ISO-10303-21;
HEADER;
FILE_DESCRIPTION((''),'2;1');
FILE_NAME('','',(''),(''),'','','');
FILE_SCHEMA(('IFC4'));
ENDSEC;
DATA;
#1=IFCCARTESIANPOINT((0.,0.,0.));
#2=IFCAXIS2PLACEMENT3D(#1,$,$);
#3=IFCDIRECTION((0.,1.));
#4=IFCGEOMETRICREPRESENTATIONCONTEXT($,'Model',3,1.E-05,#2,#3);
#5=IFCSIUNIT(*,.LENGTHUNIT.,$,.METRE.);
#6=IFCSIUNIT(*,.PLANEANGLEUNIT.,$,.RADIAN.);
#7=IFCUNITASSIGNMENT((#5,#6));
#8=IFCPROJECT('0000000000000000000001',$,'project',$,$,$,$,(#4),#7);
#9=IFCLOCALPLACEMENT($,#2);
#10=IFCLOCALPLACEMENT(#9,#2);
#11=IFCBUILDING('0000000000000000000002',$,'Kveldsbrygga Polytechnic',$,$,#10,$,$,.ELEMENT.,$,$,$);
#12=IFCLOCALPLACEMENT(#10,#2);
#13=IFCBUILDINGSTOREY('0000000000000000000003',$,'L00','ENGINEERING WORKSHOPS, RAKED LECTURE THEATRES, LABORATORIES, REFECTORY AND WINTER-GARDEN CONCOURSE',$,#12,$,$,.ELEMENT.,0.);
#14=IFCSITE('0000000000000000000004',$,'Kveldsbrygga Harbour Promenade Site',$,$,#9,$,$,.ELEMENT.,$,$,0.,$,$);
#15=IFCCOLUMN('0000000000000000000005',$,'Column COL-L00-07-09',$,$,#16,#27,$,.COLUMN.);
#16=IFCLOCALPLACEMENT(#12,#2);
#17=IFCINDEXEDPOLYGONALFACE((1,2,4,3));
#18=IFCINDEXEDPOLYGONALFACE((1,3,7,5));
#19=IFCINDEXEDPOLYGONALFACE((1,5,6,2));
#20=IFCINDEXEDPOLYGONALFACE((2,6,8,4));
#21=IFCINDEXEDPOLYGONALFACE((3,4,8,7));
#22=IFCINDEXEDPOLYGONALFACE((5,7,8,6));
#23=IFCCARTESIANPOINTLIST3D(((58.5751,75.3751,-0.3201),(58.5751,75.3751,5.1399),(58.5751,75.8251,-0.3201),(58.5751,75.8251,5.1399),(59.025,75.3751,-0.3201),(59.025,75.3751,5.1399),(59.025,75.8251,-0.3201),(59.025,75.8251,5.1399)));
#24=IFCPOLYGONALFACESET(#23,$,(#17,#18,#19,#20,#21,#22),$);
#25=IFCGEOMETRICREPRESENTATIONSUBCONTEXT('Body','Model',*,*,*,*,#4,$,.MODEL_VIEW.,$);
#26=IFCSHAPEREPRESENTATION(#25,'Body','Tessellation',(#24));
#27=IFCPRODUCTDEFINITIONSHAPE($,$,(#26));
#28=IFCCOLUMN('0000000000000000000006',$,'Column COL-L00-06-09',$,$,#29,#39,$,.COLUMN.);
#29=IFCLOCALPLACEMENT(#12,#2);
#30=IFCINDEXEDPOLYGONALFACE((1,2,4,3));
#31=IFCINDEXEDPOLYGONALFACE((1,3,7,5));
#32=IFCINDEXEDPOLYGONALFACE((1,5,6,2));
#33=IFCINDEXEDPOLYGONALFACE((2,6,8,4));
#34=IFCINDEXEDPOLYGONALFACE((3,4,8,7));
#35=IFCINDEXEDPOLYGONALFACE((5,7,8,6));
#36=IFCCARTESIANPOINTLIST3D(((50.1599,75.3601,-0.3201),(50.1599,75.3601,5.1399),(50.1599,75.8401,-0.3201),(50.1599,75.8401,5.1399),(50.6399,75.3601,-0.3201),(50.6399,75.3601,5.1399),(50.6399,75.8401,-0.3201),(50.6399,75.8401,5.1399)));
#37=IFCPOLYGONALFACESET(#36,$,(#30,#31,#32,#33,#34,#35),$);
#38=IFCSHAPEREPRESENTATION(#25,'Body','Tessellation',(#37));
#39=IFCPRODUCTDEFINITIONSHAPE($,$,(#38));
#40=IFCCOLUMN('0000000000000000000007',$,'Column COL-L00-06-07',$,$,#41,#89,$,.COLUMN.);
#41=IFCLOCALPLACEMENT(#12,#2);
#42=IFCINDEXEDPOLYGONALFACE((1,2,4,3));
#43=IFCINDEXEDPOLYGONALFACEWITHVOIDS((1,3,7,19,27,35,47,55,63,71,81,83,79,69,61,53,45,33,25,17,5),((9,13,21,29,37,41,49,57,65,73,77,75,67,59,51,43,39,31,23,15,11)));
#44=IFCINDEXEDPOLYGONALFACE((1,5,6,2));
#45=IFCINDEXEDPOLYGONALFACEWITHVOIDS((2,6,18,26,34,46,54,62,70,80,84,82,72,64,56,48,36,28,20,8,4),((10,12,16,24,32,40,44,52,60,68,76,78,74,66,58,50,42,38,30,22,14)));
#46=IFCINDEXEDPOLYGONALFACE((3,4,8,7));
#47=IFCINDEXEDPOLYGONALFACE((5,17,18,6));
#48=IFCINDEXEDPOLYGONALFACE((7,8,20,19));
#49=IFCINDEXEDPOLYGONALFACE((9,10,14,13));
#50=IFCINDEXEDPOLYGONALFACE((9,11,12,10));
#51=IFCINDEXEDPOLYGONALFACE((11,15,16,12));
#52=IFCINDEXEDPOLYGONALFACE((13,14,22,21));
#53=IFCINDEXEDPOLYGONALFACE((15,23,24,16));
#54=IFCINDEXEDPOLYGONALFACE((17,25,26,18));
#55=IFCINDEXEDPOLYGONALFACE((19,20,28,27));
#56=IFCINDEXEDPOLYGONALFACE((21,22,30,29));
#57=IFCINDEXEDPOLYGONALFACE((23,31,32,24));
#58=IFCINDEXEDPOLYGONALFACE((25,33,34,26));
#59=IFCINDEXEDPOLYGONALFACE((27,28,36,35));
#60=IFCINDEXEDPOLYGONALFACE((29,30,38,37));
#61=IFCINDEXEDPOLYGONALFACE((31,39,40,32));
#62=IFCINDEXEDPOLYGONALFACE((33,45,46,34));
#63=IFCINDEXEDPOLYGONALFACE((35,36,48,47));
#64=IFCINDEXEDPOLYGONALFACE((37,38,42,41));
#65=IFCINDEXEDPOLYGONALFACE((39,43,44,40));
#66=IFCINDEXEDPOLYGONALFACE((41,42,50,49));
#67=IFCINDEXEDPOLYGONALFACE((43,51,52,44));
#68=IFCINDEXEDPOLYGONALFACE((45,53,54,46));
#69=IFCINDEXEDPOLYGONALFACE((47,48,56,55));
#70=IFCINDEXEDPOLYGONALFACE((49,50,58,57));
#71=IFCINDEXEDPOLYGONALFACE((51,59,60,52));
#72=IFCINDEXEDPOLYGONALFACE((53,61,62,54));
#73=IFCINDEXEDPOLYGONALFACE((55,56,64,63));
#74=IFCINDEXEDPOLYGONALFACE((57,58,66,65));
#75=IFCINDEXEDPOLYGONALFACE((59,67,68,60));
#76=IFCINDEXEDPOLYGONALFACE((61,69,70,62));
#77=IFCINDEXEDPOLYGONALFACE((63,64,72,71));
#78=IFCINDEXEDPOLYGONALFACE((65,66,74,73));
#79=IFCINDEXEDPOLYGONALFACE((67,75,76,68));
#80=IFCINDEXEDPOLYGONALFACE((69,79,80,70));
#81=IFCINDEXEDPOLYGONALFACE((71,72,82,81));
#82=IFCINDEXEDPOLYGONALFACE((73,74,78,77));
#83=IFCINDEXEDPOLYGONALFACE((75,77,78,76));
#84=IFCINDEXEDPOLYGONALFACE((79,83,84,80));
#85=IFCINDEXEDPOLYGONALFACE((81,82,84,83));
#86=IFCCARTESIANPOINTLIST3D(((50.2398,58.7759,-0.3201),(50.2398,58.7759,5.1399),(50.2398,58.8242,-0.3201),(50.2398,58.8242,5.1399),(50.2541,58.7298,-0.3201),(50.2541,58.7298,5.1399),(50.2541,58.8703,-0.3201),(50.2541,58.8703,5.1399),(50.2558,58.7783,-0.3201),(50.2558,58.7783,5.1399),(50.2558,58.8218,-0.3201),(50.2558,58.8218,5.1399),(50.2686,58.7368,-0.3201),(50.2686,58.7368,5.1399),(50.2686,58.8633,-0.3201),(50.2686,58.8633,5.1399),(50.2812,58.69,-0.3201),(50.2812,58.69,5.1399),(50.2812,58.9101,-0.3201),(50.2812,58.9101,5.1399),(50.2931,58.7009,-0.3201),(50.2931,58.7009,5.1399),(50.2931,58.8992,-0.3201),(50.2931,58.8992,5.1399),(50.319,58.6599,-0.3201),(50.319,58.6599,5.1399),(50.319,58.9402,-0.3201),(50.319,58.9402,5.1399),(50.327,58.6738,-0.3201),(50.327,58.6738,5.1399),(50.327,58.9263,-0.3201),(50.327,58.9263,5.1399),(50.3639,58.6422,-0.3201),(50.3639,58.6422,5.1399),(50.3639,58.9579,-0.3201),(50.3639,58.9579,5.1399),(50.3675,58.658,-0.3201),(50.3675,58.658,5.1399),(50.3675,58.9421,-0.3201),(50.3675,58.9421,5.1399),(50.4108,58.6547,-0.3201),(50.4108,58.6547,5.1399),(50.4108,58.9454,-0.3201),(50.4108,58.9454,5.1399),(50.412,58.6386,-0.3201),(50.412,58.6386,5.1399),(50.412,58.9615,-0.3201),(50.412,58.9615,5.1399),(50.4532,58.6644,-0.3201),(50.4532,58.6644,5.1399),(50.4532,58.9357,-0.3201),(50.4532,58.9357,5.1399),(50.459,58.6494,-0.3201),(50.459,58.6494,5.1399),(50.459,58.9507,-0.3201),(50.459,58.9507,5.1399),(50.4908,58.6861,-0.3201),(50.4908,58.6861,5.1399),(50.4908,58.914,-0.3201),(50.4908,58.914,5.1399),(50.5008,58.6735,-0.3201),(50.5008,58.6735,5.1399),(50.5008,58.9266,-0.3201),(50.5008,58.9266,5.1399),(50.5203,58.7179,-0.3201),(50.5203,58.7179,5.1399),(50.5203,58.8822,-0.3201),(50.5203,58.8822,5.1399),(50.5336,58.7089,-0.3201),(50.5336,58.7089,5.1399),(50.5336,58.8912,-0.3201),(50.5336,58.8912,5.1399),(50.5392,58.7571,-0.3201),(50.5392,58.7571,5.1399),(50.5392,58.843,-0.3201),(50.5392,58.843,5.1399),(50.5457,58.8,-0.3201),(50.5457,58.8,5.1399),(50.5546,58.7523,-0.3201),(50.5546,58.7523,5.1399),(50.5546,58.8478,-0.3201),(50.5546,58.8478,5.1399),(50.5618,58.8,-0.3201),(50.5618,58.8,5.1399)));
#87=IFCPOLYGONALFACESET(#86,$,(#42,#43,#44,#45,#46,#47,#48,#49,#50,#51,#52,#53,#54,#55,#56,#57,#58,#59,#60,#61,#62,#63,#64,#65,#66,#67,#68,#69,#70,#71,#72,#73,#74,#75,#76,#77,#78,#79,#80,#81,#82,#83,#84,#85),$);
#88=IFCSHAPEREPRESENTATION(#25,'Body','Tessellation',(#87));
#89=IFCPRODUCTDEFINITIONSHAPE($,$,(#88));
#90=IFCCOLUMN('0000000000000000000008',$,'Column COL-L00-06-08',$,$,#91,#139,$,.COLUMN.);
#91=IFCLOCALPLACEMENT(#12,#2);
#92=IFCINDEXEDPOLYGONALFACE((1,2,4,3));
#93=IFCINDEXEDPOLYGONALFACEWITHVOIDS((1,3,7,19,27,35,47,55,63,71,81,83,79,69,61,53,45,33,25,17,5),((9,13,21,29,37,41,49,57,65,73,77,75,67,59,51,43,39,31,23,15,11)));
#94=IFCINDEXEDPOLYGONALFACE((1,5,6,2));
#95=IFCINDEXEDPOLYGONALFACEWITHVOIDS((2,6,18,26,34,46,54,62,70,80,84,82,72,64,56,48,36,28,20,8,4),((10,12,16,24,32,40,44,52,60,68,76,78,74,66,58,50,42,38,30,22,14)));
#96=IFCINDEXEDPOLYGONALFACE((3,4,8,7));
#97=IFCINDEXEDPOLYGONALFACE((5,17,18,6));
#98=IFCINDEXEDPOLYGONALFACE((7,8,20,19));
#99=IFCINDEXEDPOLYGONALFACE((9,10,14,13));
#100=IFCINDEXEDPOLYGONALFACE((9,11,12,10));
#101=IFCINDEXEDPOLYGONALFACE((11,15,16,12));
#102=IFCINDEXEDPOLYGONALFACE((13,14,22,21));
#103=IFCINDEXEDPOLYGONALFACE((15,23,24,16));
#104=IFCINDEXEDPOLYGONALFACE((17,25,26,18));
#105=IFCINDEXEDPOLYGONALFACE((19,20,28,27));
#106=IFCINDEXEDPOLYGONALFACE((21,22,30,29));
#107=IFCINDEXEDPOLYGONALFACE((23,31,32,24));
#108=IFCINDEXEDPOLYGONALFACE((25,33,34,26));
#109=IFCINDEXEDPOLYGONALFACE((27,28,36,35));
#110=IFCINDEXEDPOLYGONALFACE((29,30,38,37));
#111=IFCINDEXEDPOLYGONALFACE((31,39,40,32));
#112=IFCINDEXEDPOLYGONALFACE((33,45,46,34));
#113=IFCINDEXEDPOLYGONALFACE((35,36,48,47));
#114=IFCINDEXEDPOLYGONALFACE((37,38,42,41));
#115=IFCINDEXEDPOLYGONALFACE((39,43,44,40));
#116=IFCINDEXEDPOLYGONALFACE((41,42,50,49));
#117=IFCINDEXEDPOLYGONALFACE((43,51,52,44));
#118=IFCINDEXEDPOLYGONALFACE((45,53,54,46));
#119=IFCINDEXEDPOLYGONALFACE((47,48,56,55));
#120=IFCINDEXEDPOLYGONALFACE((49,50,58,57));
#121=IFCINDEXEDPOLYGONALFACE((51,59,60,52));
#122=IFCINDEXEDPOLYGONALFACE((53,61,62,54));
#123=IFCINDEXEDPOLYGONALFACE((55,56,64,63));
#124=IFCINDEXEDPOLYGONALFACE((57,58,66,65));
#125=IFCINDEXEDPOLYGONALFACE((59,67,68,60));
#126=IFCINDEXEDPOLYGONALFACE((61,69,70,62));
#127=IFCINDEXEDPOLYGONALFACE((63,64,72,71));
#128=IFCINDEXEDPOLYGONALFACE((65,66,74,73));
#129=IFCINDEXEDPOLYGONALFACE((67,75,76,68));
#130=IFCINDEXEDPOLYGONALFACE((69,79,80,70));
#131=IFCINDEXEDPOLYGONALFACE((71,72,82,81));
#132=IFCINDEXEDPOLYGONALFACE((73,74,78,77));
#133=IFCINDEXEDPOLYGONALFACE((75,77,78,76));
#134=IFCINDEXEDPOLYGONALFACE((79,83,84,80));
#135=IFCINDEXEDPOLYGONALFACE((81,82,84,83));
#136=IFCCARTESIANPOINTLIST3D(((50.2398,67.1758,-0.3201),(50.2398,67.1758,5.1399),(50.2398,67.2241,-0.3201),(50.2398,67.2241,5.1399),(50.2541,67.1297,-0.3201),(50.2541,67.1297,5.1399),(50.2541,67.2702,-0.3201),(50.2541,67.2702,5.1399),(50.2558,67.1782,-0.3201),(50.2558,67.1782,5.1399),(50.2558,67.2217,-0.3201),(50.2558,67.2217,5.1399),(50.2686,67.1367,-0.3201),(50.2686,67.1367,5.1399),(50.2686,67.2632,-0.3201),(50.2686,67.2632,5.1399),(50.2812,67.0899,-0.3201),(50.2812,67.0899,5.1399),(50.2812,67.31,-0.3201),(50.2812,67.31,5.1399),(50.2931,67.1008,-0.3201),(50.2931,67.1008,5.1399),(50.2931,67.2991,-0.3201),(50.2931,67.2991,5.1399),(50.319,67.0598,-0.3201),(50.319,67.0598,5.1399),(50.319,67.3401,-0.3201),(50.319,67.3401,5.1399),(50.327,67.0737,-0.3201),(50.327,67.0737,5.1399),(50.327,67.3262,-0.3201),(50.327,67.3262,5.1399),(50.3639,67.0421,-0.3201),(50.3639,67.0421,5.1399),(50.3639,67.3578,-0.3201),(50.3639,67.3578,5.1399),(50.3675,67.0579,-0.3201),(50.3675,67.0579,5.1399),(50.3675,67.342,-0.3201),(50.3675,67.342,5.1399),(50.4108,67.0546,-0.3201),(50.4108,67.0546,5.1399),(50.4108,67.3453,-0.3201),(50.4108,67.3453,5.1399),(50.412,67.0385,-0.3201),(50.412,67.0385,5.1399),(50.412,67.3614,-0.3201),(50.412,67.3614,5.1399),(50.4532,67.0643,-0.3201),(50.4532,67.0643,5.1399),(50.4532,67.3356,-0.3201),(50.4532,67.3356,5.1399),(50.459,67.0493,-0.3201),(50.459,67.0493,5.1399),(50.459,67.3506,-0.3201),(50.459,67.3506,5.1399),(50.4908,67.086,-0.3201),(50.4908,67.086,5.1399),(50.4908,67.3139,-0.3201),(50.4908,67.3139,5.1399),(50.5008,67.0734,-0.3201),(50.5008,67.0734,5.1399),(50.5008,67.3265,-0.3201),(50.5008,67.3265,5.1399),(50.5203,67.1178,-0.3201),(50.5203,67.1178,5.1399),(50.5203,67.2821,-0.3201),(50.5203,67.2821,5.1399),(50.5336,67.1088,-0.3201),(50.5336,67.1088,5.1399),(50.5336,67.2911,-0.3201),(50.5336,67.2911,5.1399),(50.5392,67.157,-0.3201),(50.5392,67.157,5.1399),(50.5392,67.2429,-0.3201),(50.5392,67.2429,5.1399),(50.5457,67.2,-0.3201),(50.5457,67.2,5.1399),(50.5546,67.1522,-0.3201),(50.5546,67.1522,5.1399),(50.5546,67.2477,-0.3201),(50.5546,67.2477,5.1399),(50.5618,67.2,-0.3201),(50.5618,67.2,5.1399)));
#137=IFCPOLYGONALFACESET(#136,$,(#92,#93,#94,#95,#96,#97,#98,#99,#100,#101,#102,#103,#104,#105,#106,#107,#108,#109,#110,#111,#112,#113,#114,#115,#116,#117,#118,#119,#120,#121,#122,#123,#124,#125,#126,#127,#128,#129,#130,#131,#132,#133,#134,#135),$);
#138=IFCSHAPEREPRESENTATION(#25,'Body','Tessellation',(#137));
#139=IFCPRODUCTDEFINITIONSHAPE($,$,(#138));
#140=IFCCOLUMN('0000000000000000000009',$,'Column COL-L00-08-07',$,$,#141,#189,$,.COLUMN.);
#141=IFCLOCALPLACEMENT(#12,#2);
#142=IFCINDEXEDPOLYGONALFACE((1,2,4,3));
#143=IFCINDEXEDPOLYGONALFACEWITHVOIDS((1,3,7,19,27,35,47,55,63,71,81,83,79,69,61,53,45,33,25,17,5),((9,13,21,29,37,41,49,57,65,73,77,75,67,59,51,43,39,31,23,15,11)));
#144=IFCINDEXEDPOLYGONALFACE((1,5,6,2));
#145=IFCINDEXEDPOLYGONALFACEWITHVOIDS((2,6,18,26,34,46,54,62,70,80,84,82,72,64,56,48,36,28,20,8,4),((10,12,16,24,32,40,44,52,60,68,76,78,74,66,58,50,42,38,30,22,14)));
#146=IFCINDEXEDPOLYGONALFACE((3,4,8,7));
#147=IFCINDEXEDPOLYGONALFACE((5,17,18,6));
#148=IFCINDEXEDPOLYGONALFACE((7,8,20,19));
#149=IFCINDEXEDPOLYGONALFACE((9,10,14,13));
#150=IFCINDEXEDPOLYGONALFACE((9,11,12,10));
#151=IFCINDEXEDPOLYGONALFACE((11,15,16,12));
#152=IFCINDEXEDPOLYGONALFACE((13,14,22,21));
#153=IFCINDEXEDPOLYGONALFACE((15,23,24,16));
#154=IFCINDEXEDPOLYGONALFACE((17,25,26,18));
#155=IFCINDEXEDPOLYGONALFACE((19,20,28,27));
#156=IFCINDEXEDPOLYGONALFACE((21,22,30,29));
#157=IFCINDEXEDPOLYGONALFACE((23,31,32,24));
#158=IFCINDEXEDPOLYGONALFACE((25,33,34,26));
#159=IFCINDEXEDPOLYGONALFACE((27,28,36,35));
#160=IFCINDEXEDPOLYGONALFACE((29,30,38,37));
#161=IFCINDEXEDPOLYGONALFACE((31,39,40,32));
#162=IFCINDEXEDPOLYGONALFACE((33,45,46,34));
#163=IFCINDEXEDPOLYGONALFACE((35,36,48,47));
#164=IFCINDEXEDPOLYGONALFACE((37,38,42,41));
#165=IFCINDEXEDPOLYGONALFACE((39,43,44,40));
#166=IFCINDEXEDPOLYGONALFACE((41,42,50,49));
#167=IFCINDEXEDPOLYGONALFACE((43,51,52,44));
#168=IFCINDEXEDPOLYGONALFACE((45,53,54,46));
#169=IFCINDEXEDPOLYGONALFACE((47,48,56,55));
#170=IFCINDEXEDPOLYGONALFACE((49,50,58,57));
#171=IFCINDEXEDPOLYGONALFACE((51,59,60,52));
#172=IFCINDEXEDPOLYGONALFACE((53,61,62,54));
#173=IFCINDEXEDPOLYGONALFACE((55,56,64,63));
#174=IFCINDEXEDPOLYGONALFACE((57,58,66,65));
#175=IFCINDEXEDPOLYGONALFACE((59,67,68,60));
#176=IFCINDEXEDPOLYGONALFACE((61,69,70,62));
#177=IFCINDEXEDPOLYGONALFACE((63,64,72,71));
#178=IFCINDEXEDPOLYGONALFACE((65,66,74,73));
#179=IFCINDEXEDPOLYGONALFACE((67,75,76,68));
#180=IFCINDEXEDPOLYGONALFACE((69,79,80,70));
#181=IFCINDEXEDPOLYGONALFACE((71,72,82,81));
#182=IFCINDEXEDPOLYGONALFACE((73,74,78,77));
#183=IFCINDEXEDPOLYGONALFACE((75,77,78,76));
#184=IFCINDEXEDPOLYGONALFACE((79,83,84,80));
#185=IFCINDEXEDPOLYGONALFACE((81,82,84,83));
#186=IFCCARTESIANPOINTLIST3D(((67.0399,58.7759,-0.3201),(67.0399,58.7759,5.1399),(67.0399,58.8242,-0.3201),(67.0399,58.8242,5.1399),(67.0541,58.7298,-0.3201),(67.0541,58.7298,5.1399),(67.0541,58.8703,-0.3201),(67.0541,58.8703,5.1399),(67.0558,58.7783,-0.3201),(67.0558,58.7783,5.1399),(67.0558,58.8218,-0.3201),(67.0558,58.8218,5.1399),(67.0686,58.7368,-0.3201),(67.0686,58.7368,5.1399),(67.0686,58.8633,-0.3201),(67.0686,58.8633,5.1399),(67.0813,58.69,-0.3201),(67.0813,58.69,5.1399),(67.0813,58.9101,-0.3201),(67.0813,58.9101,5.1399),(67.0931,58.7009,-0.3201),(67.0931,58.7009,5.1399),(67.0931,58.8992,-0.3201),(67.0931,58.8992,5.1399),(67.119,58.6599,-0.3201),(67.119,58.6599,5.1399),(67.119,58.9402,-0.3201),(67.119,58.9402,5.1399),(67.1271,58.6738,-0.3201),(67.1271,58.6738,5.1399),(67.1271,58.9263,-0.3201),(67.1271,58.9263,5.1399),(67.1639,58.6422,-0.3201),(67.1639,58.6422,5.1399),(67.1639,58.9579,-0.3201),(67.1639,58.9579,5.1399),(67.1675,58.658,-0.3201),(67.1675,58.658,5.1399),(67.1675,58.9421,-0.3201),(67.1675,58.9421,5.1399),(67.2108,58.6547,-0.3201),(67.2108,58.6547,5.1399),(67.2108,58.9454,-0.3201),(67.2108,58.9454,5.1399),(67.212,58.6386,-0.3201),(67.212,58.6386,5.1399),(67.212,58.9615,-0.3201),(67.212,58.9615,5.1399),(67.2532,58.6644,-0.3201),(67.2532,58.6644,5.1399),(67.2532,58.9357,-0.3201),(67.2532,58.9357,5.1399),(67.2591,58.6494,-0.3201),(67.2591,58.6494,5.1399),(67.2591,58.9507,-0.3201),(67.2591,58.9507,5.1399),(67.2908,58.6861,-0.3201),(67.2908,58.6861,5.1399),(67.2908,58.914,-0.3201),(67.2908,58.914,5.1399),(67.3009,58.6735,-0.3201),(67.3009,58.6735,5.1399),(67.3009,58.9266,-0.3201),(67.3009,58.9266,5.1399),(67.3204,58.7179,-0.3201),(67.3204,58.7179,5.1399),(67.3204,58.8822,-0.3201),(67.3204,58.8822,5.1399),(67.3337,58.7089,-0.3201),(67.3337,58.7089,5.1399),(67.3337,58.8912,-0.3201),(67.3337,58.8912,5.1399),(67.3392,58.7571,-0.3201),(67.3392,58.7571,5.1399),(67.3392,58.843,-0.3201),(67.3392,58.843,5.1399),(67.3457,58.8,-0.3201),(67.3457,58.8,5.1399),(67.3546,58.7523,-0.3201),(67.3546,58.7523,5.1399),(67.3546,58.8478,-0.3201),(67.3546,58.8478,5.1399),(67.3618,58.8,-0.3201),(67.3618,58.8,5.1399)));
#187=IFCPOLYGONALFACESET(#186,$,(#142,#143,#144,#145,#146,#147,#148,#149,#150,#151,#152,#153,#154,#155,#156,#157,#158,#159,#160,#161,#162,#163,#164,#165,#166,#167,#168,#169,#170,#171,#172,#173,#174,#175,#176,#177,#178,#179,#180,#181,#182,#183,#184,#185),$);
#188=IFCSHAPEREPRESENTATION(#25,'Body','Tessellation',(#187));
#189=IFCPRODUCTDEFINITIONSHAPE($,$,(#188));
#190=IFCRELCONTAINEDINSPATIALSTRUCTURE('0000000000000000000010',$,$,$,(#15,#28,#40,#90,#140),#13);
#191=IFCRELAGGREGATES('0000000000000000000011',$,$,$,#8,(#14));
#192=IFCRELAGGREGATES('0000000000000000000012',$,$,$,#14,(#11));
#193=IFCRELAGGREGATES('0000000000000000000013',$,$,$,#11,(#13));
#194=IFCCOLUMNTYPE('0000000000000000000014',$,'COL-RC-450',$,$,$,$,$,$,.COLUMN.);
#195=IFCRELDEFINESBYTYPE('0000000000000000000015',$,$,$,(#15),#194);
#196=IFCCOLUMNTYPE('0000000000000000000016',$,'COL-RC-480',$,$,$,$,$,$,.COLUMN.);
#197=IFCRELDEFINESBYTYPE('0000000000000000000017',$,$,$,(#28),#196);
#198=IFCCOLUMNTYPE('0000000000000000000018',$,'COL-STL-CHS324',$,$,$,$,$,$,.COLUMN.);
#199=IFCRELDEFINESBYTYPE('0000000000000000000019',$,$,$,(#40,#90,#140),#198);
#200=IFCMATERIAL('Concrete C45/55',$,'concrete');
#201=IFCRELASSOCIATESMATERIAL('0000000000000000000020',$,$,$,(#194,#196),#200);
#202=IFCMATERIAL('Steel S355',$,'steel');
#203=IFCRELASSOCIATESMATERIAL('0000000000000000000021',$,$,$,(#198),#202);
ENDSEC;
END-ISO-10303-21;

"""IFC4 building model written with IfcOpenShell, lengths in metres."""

from ifc_helpers import new_model, si_unit, direction, frame, origin, origin_2d, place, context, subcontext, project, spatial, rectangle, hollow_circle, extrude, material, material_profile, profile_set, type_object, element, save


model = new_model("IFC4")

# Units and contexts
model_context = context("Model", 3, precision=1e-05, world=origin(), true_north=direction((0.0, 1.0)))
body_context = subcontext(model_context, "Body", "Model", "MODEL_VIEW")
ifc_project = project(units=[si_unit("LENGTHUNIT", "METRE"), si_unit("PLANEANGLEUNIT", "RADIAN")], contexts=[model_context])

# Site, building, storey
site_placement = place(None, origin())
site = spatial("IfcSite", under=ifc_project, at=site_placement, Name="Kveldsbrygga Harbour Promenade Site", CompositionType="ELEMENT", RefElevation=0.0)
building_placement = place(site_placement, origin())
building = spatial("IfcBuilding", under=site, at=building_placement, Name="Kveldsbrygga Polytechnic", CompositionType="ELEMENT")
storey_placement = place(building_placement, origin())
storey = spatial("IfcBuildingStorey", under=building, at=storey_placement, Name="L00", Description="ENGINEERING WORKSHOPS, RAKED LECTURE THEATRES, LABORATORIES, REFECTORY AND WINTER-GARDEN CONCOURSE", CompositionType="ELEMENT", Elevation=0.0)

# Shared definitions
ifc_material_1 = material(Name="Concrete C45/55", Category="concrete")

# Columns
ifc_material_profile_1 = material_profile(ifc_material_1, rectangle(XDim=0.45, YDim=0.45, at=origin_2d()), Name="RC 450x450")
ifc_profile_set_1 = profile_set([ifc_material_profile_1], Name="Concrete C45/55")
column_type_1 = type_object("IfcColumnType", Name="COL-RC-450", PredefinedType="COLUMN", material=ifc_profile_set_1)
column_1_placement = place(storey_placement, frame((58.8, 75.6001, -0.3201), z_axis=(0.0, 0.0, 1.0), x_axis=(1.0, 0.0, 0.0)))
element("IfcColumn", 1, at=column_1_placement, inside=storey, type_object=column_type_1, Name="Column COL-L00-07-09", PredefinedType="COLUMN", context=body_context, shape_type="SweptSolid", body=[
    extrude(rectangle(XDim=0.45, YDim=0.45, at=origin_2d()), origin(), (0.0, 0.0, 1.0), 5.46),
])
ifc_material_profile_2 = material_profile(ifc_material_1, rectangle(XDim=0.48, YDim=0.48, at=origin_2d()), Name="RC 480x480")
ifc_profile_set_2 = profile_set([ifc_material_profile_2], Name="Concrete C45/55")
column_type_2 = type_object("IfcColumnType", Name="COL-RC-480", PredefinedType="COLUMN", material=ifc_profile_set_2)
column_2_placement = place(storey_placement, frame((50.3999, 75.6001, -0.3201), z_axis=(0.0, 0.0, 1.0), x_axis=(1.0, 0.0, 0.0)))
element("IfcColumn", 2, at=column_2_placement, inside=storey, type_object=column_type_2, Name="Column COL-L00-06-09", PredefinedType="COLUMN", context=body_context, shape_type="SweptSolid", body=[
    extrude(rectangle(XDim=0.48, YDim=0.48, at=origin_2d()), origin(), (0.0, 0.0, 1.0), 5.46),
])
ifc_material_2 = material(Name="Steel S355", Category="steel")
ifc_material_profile_3 = material_profile(ifc_material_2, hollow_circle(Radius=0.1619, WallThickness=0.0161, at=origin_2d()), Name="CHS 323.9x16.0")
ifc_profile_set_3 = profile_set([ifc_material_profile_3], Name="Steel S355")
column_type_3 = type_object("IfcColumnType", Name="COL-STL-CHS324", PredefinedType="COLUMN", material=ifc_profile_set_3)
for number, where, z_axis, x_axis, name in (
    (3, (50.3999, 58.8, -0.3201), (0.0, 0.0, 1.0), (1.0, 0.0, 0.0), "Column COL-L00-06-07"),
    (4, (50.3999, 67.2, -0.3201), (0.0, 0.0, 1.0), (1.0, 0.0, 0.0), "Column COL-L00-06-08"),
    (5, (67.2, 58.8, -0.3201), (0.0, 0.0, 1.0), (1.0, 0.0, 0.0), "Column COL-L00-08-07"),
):
    element("IfcColumn", number, at=place(storey_placement, frame(where, z_axis=z_axis, x_axis=x_axis)), inside=storey, type_object=column_type_3, Name=name, PredefinedType="COLUMN", context=body_context, shape_type="SweptSolid", body=[
        extrude(hollow_circle(Radius=0.1619, WallThickness=0.0161, at=origin_2d()), origin(), (0.0, 0.0, 1.0), 5.46),
    ])

save(model, "model.ifc")
